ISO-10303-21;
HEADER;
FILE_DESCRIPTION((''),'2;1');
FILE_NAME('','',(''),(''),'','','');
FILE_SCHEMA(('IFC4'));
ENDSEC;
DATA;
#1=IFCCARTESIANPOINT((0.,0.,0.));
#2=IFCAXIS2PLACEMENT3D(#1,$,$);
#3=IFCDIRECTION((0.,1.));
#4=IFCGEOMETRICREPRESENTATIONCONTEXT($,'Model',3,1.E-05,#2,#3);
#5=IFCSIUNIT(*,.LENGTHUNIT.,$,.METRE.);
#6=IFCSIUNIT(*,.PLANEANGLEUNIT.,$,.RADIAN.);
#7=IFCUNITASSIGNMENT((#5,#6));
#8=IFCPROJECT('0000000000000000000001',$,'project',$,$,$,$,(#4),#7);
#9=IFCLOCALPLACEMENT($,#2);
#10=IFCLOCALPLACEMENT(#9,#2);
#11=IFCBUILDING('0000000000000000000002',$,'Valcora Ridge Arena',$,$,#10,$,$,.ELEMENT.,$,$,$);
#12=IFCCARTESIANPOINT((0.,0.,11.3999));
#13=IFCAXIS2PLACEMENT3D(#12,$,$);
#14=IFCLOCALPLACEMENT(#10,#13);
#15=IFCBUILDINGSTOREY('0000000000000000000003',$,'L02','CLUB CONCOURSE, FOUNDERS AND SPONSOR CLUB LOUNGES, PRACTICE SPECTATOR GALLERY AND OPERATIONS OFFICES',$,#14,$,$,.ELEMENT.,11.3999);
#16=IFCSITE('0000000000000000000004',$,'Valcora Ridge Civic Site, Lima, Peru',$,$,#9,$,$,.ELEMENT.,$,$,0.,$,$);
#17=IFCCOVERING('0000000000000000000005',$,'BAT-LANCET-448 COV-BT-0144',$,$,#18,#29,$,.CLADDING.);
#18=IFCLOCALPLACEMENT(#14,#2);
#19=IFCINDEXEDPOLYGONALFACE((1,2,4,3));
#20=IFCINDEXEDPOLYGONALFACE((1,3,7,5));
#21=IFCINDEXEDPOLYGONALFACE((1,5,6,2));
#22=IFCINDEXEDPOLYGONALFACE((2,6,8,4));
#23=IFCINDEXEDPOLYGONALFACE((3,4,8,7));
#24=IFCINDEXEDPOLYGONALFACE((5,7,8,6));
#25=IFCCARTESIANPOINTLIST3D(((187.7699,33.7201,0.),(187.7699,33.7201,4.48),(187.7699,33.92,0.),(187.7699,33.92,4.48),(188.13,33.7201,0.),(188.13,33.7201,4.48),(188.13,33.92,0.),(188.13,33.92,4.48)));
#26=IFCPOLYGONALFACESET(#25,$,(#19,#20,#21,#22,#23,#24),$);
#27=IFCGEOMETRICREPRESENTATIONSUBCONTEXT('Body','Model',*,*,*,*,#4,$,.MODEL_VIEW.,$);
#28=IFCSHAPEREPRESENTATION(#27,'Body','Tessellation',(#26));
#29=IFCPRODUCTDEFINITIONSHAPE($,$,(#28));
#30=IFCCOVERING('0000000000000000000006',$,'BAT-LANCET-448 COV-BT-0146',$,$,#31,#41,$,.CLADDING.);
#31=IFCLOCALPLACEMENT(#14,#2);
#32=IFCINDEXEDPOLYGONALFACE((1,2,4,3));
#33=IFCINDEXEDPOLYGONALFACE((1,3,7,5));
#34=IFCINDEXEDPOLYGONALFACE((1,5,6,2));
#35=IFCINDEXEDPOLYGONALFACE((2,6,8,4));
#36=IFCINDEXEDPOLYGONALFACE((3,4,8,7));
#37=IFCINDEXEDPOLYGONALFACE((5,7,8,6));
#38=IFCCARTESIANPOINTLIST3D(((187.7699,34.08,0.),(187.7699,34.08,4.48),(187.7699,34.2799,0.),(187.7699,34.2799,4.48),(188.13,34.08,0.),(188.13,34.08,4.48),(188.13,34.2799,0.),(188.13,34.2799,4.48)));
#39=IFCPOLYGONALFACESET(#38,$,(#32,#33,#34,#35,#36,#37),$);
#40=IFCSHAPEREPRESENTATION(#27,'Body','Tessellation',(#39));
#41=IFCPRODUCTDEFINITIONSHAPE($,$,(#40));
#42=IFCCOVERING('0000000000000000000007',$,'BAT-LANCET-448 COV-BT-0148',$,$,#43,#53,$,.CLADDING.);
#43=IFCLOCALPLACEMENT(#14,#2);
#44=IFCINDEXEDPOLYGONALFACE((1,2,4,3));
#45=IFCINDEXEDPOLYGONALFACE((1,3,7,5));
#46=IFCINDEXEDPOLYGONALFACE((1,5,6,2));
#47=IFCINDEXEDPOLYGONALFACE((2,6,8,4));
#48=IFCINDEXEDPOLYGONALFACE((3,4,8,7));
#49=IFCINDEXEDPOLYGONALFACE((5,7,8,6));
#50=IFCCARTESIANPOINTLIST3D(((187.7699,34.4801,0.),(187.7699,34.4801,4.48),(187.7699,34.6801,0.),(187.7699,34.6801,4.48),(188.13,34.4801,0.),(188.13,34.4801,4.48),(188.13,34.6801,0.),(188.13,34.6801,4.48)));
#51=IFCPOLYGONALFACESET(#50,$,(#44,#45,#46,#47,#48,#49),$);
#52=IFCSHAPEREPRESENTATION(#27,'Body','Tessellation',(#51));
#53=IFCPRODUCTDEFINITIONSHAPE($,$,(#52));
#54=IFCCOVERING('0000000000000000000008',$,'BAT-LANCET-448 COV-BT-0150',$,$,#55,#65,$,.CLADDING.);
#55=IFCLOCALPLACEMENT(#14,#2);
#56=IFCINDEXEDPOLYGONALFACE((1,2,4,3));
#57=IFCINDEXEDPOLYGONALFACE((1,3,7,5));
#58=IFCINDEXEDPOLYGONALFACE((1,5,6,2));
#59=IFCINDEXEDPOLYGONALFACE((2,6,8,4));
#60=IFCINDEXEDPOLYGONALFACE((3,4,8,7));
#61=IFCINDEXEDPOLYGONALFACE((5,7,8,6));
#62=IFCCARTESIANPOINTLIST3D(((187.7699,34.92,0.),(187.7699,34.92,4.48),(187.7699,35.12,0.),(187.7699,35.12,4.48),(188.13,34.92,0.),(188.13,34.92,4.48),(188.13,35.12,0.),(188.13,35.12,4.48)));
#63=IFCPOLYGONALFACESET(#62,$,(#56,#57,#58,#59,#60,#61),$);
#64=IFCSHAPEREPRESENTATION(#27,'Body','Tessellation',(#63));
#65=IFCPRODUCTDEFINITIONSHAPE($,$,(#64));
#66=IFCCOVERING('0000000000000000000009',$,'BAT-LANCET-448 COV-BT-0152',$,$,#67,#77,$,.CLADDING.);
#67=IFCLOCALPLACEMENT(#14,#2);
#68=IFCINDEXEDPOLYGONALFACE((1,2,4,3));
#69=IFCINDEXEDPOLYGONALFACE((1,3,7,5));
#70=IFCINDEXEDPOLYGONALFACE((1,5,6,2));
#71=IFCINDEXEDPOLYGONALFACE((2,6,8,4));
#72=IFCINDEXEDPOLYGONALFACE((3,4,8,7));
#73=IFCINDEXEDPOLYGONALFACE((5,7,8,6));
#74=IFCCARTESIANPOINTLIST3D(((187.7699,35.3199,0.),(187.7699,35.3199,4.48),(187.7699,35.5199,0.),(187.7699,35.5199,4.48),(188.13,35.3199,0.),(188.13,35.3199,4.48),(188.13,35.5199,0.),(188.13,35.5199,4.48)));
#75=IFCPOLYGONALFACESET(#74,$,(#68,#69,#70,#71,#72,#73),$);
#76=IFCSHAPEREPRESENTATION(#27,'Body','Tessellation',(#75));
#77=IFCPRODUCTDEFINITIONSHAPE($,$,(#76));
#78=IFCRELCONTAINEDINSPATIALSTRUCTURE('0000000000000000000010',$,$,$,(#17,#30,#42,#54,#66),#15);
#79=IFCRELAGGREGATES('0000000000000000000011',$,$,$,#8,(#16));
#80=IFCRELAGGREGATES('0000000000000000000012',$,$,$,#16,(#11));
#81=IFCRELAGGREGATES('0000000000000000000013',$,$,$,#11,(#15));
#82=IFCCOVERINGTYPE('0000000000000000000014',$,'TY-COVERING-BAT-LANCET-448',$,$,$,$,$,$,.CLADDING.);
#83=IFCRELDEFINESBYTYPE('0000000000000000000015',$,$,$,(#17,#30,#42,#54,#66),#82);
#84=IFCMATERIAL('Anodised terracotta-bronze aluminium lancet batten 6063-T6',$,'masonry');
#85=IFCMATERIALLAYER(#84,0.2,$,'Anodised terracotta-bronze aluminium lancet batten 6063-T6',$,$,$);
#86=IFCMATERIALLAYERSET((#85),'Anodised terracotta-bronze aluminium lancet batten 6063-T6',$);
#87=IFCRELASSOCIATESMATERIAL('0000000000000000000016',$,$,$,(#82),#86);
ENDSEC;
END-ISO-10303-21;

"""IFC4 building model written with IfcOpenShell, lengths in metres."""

from ifc_helpers import new_model, si_unit, direction, frame, origin, origin_2d, place, context, subcontext, project, spatial, rectangle, extrude, material, layer, layer_set, type_object, element, save


model = new_model("IFC4")

# Units and contexts
model_context = context("Model", 3, precision=1e-05, world=origin(), true_north=direction((0.0, 1.0)))
body_context = subcontext(model_context, "Body", "Model", "MODEL_VIEW")
ifc_project = project(units=[si_unit("LENGTHUNIT", "METRE"), si_unit("PLANEANGLEUNIT", "RADIAN")], contexts=[model_context])

# Site, building, storey
site_placement = place(None, origin())
site = spatial("IfcSite", under=ifc_project, at=site_placement, Name="Valcora Ridge Civic Site, Lima, Peru", CompositionType="ELEMENT", RefElevation=0.0)
building_placement = place(site_placement, origin())
building = spatial("IfcBuilding", under=site, at=building_placement, Name="Valcora Ridge Arena", CompositionType="ELEMENT")
storey_placement = place(building_placement, frame((0.0, 0.0, 11.3999)))
storey = spatial("IfcBuildingStorey", under=building, at=storey_placement, Name="L02", Description="CLUB CONCOURSE, FOUNDERS AND SPONSOR CLUB LOUNGES, PRACTICE SPECTATOR GALLERY AND OPERATIONS OFFICES", CompositionType="ELEMENT", Elevation=11.3999)

# Coverings
ifc_material_1 = material(Name="Anodised terracotta-bronze aluminium lancet batten 6063-T6", Category="masonry")
ifc_layer_1 = layer(ifc_material_1, 0.2, Name="Anodised terracotta-bronze aluminium lancet batten 6063-T6")
ifc_layer_set_1 = layer_set([ifc_layer_1], Name="Anodised terracotta-bronze aluminium lancet batten 6063-T6")
covering_type = type_object("IfcCoveringType", Name="TY-COVERING-BAT-LANCET-448", PredefinedType="CLADDING", material=ifc_layer_set_1)
for number, where, z_axis, x_axis, name in (
    (1, (187.95, 33.8201, 0.0), (0.0, 0.0, 1.0), (1.0, 0.0, 0.0), "BAT-LANCET-448 COV-BT-0144"),
    (2, (187.95, 34.1799, 0.0), (0.0, 0.0, 1.0), (1.0, 0.0, 0.0), "BAT-LANCET-448 COV-BT-0146"),
    (3, (187.95, 34.5801, 0.0), (0.0, 0.0, 1.0), (1.0, 0.0, 0.0), "BAT-LANCET-448 COV-BT-0148"),
    (4, (187.95, 35.02, 0.0), (0.0, 0.0, 1.0), (1.0, 0.0, 0.0), "BAT-LANCET-448 COV-BT-0150"),
    (5, (187.95, 35.4199, 0.0), (0.0, 0.0, 1.0), (1.0, 0.0, 0.0), "BAT-LANCET-448 COV-BT-0152"),
):
    element("IfcCovering", number, at=place(storey_placement, frame(where, z_axis=z_axis, x_axis=x_axis)), inside=storey, type_object=covering_type, Name=name, PredefinedType="CLADDING", context=body_context, shape_type="SweptSolid", body=[
        extrude(rectangle(XDim=0.3601, YDim=0.2, at=origin_2d()), origin(), (0.0, 0.0, 1.0), 4.48),
    ])

save(model, "model.ifc")
